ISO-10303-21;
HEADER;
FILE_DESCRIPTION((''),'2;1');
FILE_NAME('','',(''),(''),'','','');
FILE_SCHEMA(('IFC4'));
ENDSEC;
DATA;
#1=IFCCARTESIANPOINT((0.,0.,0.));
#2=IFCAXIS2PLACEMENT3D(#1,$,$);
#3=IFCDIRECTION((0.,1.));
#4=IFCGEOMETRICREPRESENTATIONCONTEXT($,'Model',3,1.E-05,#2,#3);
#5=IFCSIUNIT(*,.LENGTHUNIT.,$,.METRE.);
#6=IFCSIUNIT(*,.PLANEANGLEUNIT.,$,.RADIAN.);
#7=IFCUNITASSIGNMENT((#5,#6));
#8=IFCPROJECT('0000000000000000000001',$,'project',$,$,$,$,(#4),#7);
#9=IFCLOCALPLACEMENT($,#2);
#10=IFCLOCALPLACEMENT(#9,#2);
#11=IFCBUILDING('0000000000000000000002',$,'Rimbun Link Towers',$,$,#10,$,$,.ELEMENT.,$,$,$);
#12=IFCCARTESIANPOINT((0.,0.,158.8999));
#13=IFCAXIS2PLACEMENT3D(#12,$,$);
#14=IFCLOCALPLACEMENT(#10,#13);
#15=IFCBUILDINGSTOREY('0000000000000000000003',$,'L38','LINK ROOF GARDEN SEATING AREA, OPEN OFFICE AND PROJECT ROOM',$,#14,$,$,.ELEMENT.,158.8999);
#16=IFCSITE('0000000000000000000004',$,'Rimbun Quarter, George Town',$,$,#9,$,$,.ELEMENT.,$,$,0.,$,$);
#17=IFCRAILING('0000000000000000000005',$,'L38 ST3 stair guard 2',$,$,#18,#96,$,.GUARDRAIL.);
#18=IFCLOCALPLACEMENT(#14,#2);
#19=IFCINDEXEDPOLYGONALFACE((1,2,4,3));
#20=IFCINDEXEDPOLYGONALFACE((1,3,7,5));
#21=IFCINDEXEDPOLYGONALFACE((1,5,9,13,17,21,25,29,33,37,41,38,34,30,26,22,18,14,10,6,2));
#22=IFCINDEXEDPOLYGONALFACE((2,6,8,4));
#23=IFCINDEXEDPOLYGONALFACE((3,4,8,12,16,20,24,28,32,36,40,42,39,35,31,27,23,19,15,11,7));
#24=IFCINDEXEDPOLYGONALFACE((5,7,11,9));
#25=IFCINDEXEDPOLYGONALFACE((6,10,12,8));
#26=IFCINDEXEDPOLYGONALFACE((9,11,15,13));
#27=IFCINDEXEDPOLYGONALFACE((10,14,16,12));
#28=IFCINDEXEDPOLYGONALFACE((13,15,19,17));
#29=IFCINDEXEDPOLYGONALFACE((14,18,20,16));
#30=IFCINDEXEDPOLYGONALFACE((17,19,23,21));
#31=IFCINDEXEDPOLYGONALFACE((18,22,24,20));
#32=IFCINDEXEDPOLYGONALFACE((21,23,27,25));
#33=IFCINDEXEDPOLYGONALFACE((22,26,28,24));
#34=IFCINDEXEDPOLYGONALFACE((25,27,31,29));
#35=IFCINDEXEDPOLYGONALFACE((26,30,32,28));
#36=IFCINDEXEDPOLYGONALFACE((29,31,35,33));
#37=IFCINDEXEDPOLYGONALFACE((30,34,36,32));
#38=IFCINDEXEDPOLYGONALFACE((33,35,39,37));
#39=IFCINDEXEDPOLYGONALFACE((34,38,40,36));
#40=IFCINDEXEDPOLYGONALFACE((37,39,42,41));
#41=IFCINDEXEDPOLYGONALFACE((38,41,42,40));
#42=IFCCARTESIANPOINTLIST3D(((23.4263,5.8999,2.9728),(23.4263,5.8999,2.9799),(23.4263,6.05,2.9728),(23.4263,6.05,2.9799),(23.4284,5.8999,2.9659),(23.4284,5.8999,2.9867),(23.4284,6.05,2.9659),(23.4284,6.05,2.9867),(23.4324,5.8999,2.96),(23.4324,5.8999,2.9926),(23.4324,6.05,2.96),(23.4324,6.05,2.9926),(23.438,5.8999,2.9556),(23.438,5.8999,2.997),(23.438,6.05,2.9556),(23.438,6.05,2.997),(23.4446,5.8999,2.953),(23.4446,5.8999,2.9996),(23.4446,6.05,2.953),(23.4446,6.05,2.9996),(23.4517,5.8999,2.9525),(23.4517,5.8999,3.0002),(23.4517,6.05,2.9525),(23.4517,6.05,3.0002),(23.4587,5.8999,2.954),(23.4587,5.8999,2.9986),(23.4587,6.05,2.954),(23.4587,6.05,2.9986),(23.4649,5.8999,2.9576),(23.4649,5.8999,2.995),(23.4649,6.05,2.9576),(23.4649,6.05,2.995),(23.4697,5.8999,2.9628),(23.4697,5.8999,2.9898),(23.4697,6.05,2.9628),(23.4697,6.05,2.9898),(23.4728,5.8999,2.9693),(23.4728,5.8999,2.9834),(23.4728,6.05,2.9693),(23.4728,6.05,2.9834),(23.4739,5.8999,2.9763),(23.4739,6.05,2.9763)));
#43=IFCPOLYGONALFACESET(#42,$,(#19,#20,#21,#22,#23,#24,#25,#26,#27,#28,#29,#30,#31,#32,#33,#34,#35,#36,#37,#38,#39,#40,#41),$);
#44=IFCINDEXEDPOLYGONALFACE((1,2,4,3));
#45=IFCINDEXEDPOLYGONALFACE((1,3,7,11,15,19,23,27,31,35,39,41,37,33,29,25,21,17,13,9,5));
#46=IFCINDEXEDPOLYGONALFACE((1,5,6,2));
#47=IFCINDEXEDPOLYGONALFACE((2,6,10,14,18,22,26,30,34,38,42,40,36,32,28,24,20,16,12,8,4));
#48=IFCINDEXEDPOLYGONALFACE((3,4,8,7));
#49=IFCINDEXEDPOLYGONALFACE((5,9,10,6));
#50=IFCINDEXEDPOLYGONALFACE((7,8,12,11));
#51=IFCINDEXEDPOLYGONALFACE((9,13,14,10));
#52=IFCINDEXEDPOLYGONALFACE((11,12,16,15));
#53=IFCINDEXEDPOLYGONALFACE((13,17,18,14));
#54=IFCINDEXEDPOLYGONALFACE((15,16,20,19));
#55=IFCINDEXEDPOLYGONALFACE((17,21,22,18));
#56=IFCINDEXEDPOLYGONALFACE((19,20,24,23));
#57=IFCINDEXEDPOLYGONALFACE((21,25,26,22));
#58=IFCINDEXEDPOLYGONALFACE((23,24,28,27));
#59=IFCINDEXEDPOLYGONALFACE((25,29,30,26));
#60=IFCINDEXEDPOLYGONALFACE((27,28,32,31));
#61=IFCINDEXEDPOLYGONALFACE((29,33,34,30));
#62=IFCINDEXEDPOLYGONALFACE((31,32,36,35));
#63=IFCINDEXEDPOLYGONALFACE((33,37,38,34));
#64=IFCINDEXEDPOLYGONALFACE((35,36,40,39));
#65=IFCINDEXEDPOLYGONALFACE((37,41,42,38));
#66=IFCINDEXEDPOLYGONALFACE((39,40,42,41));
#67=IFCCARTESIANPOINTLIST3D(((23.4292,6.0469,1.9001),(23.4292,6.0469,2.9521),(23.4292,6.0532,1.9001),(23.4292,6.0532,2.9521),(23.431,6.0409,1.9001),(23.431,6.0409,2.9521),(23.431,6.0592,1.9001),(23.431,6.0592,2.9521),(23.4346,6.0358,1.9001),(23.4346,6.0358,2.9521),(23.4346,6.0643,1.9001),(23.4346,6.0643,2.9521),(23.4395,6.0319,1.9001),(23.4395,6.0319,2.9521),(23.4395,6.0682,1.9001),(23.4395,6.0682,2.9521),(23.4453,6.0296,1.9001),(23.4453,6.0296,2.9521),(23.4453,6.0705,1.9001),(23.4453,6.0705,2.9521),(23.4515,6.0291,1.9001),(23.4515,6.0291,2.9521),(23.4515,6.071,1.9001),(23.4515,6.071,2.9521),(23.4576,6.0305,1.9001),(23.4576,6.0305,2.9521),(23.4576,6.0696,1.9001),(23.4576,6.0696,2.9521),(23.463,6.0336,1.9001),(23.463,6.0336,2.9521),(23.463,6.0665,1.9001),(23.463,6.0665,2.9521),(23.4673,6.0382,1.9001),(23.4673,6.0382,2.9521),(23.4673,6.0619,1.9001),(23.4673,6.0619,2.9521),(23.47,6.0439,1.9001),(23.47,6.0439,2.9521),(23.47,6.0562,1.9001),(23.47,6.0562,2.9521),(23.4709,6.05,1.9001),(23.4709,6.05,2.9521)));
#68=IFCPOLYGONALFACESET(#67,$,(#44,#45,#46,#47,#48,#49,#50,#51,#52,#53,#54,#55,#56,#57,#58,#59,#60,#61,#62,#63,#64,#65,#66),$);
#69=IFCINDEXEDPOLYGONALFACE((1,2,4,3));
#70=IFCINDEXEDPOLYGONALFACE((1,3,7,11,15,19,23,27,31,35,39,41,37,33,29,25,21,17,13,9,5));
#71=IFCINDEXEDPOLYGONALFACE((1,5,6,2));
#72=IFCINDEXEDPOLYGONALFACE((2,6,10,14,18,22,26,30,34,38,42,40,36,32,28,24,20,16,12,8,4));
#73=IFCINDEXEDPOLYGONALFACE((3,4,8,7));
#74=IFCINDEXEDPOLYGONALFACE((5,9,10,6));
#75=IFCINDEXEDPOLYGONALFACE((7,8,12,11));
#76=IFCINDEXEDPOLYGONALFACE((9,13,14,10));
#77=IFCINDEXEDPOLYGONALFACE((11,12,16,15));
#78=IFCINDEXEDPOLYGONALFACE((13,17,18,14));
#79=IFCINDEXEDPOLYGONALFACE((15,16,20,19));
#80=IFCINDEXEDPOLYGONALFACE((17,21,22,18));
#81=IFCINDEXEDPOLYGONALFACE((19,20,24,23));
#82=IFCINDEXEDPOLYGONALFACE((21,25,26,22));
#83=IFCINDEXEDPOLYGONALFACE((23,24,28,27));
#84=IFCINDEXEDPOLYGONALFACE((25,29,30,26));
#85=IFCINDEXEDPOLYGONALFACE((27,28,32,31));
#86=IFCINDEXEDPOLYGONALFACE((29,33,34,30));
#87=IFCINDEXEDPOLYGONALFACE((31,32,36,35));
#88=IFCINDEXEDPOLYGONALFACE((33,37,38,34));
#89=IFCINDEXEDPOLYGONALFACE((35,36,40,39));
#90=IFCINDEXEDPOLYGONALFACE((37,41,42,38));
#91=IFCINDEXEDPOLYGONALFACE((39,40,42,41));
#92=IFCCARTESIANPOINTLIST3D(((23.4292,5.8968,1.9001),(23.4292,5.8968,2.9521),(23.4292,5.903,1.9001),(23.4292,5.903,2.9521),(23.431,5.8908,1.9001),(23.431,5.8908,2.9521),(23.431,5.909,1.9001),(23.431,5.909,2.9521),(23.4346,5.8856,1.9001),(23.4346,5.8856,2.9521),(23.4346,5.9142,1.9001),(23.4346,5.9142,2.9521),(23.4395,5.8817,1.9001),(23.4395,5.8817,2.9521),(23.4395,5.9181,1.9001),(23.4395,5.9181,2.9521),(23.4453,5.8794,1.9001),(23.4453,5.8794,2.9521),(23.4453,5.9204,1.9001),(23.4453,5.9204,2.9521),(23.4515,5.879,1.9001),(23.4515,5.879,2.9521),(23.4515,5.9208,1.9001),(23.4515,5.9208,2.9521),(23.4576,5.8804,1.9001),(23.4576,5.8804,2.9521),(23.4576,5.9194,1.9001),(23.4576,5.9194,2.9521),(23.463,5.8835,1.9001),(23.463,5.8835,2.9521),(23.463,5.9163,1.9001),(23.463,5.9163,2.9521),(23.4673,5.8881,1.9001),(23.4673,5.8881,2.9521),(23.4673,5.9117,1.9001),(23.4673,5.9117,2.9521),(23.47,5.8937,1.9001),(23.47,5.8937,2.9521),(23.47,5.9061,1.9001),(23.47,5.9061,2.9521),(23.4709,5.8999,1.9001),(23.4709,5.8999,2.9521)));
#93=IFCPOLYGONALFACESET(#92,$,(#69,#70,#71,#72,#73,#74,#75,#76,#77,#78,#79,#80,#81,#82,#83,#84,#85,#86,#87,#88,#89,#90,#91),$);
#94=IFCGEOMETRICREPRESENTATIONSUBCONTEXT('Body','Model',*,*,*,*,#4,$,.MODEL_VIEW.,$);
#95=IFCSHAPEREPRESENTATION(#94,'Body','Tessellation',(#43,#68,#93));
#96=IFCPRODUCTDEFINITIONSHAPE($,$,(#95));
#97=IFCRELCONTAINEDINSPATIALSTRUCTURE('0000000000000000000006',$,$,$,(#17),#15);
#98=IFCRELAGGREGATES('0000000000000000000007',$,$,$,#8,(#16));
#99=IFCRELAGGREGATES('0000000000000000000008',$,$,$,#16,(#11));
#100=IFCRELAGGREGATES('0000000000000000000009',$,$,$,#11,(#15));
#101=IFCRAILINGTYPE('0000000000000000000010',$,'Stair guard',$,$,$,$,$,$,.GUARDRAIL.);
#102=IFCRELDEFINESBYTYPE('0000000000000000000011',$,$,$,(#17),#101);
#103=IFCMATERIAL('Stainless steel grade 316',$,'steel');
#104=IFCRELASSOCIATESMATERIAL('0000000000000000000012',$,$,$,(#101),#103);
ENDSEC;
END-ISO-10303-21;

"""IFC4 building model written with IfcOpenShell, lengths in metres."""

from ifc_helpers import new_model, si_unit, direction, frame, origin, origin_2d, place, context, subcontext, project, spatial, circle, extrude, material, type_object, element, save


model = new_model("IFC4")

# Units and contexts
model_context = context("Model", 3, precision=1e-05, world=origin(), true_north=direction((0.0, 1.0)))
body_context = subcontext(model_context, "Body", "Model", "MODEL_VIEW")
ifc_project = project(units=[si_unit("LENGTHUNIT", "METRE"), si_unit("PLANEANGLEUNIT", "RADIAN")], contexts=[model_context])

# Site, building, storey
site_placement = place(None, origin())
site = spatial("IfcSite", under=ifc_project, at=site_placement, Name="Rimbun Quarter, George Town", CompositionType="ELEMENT", RefElevation=0.0)
building_placement = place(site_placement, origin())
building = spatial("IfcBuilding", under=site, at=building_placement, Name="Rimbun Link Towers", CompositionType="ELEMENT")
storey_placement = place(building_placement, frame((0.0, 0.0, 158.8999)))
storey = spatial("IfcBuildingStorey", under=building, at=storey_placement, Name="L38", Description="LINK ROOF GARDEN SEATING AREA, OPEN OFFICE AND PROJECT ROOM", CompositionType="ELEMENT", Elevation=158.8999)

# Railing
ifc_material_1 = material(Name="Stainless steel grade 316", Category="steel")
railing_type_1 = type_object("IfcRailingType", Name="Stair guard", PredefinedType="GUARDRAIL", material=ifc_material_1)
railing_1_placement = place(storey_placement, frame((23.45, 6.05, 1.9001)))
element("IfcRailing", 1, at=railing_1_placement, inside=storey, type_object=railing_type_1, Name="L38 ST3 stair guard 2", PredefinedType="GUARDRAIL", context=body_context, shape_type="SweptSolid", body=[
    extrude(circle(Radius=0.0239, at=origin_2d()), frame((0.0, 0.0, 1.0762), z_axis=(0.0, -1.0, 0.0), x_axis=(1.0, 0.0, 0.0)), (0.0, 0.0, 1.0), 0.1501),
    extrude(circle(Radius=0.021, at=origin_2d()), origin(), (0.0, 0.0, 1.0), 1.052),
    extrude(circle(Radius=0.021, at=origin_2d()), frame((0.0, -0.1501, 0.0)), (0.0, 0.0, 1.0), 1.052),
])

save(model, "model.ifc")
